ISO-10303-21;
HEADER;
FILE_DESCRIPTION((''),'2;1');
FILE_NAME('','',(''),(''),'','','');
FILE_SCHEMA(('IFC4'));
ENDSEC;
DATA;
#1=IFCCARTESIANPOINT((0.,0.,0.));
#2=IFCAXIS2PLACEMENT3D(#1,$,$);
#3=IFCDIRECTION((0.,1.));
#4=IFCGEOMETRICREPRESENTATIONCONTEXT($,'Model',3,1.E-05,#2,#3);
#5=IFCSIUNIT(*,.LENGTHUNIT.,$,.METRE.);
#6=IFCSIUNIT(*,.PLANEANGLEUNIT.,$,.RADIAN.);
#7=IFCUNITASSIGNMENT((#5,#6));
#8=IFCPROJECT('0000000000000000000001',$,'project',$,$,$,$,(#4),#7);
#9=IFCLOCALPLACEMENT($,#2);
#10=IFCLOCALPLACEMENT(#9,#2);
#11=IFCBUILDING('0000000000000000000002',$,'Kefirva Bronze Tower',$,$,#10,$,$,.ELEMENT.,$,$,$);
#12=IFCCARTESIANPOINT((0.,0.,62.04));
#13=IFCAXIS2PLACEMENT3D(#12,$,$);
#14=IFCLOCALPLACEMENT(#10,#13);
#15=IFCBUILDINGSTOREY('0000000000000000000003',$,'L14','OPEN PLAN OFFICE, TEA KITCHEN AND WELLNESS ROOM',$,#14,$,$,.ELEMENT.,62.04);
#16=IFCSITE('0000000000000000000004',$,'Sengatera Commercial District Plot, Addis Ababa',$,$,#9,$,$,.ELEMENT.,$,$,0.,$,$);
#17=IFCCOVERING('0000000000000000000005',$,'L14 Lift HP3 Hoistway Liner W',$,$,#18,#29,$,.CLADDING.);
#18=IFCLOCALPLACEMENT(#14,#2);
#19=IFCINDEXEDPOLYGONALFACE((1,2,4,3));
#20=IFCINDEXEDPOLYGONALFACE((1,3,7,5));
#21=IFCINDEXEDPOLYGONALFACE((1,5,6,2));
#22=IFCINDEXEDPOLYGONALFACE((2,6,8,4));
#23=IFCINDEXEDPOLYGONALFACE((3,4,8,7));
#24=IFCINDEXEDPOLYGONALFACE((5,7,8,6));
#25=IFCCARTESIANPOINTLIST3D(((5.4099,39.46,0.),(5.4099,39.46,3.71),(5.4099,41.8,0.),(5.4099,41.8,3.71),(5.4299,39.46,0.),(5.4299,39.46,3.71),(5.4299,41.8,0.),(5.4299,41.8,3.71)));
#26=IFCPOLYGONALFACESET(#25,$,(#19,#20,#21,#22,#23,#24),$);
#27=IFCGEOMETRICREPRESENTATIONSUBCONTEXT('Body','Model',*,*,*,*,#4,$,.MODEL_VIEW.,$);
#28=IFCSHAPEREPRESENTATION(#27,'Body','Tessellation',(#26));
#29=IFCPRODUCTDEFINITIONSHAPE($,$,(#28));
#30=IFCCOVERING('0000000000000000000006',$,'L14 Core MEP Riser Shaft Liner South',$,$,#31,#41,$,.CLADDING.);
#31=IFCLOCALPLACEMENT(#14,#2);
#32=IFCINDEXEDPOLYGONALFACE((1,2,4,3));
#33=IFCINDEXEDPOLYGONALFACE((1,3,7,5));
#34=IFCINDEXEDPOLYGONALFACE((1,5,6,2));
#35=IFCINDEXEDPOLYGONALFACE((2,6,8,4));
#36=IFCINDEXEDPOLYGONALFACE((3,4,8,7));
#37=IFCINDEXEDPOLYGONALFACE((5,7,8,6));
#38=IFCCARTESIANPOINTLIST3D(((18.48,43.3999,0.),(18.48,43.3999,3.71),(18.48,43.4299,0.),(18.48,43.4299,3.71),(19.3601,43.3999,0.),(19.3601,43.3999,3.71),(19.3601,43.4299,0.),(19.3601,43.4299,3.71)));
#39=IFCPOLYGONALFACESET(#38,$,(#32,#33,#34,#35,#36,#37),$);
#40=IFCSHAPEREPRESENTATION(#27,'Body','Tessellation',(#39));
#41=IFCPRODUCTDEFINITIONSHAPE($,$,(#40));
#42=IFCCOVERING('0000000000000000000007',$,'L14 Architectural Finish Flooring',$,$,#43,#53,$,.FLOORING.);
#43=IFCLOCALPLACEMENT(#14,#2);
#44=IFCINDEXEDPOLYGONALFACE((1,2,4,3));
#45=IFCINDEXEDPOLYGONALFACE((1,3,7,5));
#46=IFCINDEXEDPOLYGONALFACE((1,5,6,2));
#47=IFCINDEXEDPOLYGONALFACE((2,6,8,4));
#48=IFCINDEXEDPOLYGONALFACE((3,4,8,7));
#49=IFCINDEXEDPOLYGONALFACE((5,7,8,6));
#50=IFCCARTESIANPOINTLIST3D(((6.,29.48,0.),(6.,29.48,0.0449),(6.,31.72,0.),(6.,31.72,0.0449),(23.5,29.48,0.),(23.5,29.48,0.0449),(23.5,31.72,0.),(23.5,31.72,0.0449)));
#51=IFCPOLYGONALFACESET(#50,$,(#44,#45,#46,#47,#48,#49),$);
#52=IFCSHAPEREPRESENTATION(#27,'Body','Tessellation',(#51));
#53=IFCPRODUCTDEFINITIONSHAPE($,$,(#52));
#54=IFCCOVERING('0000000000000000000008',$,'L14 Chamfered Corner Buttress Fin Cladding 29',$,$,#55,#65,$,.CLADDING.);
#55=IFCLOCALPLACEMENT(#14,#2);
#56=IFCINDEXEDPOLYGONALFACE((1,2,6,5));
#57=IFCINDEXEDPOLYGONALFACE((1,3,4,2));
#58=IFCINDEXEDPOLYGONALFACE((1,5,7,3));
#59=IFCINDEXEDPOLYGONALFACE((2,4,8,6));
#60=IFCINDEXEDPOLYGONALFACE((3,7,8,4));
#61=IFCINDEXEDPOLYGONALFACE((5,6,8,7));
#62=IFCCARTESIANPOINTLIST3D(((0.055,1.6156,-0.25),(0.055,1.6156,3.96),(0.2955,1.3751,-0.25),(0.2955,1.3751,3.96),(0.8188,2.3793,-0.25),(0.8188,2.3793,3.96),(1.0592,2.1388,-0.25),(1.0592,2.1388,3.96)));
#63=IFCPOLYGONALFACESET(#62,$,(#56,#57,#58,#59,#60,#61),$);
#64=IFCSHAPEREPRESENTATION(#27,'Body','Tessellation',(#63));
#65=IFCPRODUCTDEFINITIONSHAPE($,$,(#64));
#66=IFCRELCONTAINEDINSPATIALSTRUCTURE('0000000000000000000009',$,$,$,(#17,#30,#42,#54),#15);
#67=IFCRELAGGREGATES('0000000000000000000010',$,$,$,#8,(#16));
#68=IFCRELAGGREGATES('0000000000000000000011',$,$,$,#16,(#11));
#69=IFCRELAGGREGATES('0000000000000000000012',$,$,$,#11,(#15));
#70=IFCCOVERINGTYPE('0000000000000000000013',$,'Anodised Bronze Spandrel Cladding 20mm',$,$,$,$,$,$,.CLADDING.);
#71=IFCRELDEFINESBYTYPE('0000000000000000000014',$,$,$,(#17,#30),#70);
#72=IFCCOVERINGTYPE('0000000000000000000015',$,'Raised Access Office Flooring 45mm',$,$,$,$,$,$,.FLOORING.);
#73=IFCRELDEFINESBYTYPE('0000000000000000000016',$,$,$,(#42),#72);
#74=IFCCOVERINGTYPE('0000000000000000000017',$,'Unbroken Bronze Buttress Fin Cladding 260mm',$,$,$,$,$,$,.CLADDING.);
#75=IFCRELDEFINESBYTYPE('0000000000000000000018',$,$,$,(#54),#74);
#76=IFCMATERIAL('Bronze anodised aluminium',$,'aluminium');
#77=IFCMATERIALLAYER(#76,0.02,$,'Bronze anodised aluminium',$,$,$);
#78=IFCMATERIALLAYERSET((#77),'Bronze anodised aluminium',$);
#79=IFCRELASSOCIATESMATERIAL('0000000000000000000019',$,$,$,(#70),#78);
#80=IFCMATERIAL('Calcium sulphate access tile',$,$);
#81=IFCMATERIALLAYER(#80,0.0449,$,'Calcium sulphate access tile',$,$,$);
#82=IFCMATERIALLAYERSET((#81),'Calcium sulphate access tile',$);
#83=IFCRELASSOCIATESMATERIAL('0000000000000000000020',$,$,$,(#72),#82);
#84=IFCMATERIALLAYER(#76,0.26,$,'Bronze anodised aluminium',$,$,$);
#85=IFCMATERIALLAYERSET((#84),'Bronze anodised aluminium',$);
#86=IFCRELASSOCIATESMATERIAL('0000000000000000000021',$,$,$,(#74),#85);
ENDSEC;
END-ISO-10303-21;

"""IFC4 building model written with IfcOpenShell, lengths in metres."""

from ifc_helpers import new_model, si_unit, direction, frame, origin, origin_2d, place, context, subcontext, project, spatial, polyline, rectangle, outline, extrude, material, layer, layer_set, type_object, element, save


model = new_model("IFC4")

# Units and contexts
model_context = context("Model", 3, precision=1e-05, world=origin(), true_north=direction((0.0, 1.0)))
body_context = subcontext(model_context, "Body", "Model", "MODEL_VIEW")
ifc_project = project(units=[si_unit("LENGTHUNIT", "METRE"), si_unit("PLANEANGLEUNIT", "RADIAN")], contexts=[model_context])

# Site, building, storey
site_placement = place(None, origin())
site = spatial("IfcSite", under=ifc_project, at=site_placement, Name="Sengatera Commercial District Plot, Addis Ababa", CompositionType="ELEMENT", RefElevation=0.0)
building_placement = place(site_placement, origin())
building = spatial("IfcBuilding", under=site, at=building_placement, Name="Kefirva Bronze Tower", CompositionType="ELEMENT")
storey_placement = place(building_placement, frame((0.0, 0.0, 62.04)))
storey = spatial("IfcBuildingStorey", under=building, at=storey_placement, Name="L14", Description="OPEN PLAN OFFICE, TEA KITCHEN AND WELLNESS ROOM", CompositionType="ELEMENT", Elevation=62.04)

# Shared definitions
ifc_material_1 = material(Name="Bronze anodised aluminium", Category="aluminium")

# Coverings
ifc_layer_1 = layer(ifc_material_1, 0.02, Name="Bronze anodised aluminium")
ifc_layer_set_1 = layer_set([ifc_layer_1], Name="Bronze anodised aluminium")
covering_type_1 = type_object("IfcCoveringType", Name="Anodised Bronze Spandrel Cladding 20mm", PredefinedType="CLADDING", material=ifc_layer_set_1)
covering_1_placement = place(storey_placement, origin())
element("IfcCovering", 1, at=covering_1_placement, inside=storey, type_object=covering_type_1, Name="L14 Lift HP3 Hoistway Liner W", PredefinedType="CLADDING", context=body_context, shape_type="SweptSolid", body=[
    extrude(outline(polyline([(5.4099, 39.46), (5.4299, 39.46), (5.4299, 41.8), (5.4099, 41.8), (5.4099, 39.46)])), origin(), (0.0, 0.0, 1.0), 3.71),
])
covering_2_placement = place(storey_placement, origin())
element("IfcCovering", 2, at=covering_2_placement, inside=storey, type_object=covering_type_1, Name="L14 Core MEP Riser Shaft Liner South", PredefinedType="CLADDING", context=body_context, shape_type="SweptSolid", body=[
    extrude(outline(polyline([(18.48, 43.3999), (19.3601, 43.3999), (19.3601, 43.4299), (18.48, 43.4299), (18.48, 43.3999)])), origin(), (0.0, 0.0, 1.0), 3.71),
])
ifc_material_2 = material(Name="Calcium sulphate access tile")
ifc_layer_2 = layer(ifc_material_2, 0.0449, Name="Calcium sulphate access tile")
ifc_layer_set_2 = layer_set([ifc_layer_2], Name="Calcium sulphate access tile")
covering_type_2 = type_object("IfcCoveringType", Name="Raised Access Office Flooring 45mm", PredefinedType="FLOORING", material=ifc_layer_set_2)
covering_3_placement = place(storey_placement, origin())
element("IfcCovering", 3, at=covering_3_placement, inside=storey, type_object=covering_type_2, Name="L14 Architectural Finish Flooring", PredefinedType="FLOORING", context=body_context, shape_type="SweptSolid", body=[
    extrude(outline(polyline([(6.0, 29.48), (23.5, 29.48), (23.5, 31.72), (6.0, 31.72), (6.0, 29.48)])), origin(), (0.0, 0.0, 1.0), 0.0449),
])
ifc_layer_3 = layer(ifc_material_1, 0.26, Name="Bronze anodised aluminium")
ifc_layer_set_3 = layer_set([ifc_layer_3], Name="Bronze anodised aluminium")
covering_type_3 = type_object("IfcCoveringType", Name="Unbroken Bronze Buttress Fin Cladding 260mm", PredefinedType="CLADDING", material=ifc_layer_set_3)
covering_4_placement = place(storey_placement, frame((0.5571, 1.8772, -0.25), z_axis=(0.0, 0.0, 1.0), x_axis=(0.707107, -0.707107, 0.0)))
element("IfcCovering", 4, at=covering_4_placement, inside=storey, type_object=covering_type_3, Name="L14 Chamfered Corner Buttress Fin Cladding 29", PredefinedType="CLADDING", context=body_context, shape_type="SweptSolid", body=[
    extrude(rectangle(XDim=0.3401, YDim=1.0801, at=origin_2d()), origin(), (0.0, 0.0, 1.0), 4.21),
])

save(model, "model.ifc")
